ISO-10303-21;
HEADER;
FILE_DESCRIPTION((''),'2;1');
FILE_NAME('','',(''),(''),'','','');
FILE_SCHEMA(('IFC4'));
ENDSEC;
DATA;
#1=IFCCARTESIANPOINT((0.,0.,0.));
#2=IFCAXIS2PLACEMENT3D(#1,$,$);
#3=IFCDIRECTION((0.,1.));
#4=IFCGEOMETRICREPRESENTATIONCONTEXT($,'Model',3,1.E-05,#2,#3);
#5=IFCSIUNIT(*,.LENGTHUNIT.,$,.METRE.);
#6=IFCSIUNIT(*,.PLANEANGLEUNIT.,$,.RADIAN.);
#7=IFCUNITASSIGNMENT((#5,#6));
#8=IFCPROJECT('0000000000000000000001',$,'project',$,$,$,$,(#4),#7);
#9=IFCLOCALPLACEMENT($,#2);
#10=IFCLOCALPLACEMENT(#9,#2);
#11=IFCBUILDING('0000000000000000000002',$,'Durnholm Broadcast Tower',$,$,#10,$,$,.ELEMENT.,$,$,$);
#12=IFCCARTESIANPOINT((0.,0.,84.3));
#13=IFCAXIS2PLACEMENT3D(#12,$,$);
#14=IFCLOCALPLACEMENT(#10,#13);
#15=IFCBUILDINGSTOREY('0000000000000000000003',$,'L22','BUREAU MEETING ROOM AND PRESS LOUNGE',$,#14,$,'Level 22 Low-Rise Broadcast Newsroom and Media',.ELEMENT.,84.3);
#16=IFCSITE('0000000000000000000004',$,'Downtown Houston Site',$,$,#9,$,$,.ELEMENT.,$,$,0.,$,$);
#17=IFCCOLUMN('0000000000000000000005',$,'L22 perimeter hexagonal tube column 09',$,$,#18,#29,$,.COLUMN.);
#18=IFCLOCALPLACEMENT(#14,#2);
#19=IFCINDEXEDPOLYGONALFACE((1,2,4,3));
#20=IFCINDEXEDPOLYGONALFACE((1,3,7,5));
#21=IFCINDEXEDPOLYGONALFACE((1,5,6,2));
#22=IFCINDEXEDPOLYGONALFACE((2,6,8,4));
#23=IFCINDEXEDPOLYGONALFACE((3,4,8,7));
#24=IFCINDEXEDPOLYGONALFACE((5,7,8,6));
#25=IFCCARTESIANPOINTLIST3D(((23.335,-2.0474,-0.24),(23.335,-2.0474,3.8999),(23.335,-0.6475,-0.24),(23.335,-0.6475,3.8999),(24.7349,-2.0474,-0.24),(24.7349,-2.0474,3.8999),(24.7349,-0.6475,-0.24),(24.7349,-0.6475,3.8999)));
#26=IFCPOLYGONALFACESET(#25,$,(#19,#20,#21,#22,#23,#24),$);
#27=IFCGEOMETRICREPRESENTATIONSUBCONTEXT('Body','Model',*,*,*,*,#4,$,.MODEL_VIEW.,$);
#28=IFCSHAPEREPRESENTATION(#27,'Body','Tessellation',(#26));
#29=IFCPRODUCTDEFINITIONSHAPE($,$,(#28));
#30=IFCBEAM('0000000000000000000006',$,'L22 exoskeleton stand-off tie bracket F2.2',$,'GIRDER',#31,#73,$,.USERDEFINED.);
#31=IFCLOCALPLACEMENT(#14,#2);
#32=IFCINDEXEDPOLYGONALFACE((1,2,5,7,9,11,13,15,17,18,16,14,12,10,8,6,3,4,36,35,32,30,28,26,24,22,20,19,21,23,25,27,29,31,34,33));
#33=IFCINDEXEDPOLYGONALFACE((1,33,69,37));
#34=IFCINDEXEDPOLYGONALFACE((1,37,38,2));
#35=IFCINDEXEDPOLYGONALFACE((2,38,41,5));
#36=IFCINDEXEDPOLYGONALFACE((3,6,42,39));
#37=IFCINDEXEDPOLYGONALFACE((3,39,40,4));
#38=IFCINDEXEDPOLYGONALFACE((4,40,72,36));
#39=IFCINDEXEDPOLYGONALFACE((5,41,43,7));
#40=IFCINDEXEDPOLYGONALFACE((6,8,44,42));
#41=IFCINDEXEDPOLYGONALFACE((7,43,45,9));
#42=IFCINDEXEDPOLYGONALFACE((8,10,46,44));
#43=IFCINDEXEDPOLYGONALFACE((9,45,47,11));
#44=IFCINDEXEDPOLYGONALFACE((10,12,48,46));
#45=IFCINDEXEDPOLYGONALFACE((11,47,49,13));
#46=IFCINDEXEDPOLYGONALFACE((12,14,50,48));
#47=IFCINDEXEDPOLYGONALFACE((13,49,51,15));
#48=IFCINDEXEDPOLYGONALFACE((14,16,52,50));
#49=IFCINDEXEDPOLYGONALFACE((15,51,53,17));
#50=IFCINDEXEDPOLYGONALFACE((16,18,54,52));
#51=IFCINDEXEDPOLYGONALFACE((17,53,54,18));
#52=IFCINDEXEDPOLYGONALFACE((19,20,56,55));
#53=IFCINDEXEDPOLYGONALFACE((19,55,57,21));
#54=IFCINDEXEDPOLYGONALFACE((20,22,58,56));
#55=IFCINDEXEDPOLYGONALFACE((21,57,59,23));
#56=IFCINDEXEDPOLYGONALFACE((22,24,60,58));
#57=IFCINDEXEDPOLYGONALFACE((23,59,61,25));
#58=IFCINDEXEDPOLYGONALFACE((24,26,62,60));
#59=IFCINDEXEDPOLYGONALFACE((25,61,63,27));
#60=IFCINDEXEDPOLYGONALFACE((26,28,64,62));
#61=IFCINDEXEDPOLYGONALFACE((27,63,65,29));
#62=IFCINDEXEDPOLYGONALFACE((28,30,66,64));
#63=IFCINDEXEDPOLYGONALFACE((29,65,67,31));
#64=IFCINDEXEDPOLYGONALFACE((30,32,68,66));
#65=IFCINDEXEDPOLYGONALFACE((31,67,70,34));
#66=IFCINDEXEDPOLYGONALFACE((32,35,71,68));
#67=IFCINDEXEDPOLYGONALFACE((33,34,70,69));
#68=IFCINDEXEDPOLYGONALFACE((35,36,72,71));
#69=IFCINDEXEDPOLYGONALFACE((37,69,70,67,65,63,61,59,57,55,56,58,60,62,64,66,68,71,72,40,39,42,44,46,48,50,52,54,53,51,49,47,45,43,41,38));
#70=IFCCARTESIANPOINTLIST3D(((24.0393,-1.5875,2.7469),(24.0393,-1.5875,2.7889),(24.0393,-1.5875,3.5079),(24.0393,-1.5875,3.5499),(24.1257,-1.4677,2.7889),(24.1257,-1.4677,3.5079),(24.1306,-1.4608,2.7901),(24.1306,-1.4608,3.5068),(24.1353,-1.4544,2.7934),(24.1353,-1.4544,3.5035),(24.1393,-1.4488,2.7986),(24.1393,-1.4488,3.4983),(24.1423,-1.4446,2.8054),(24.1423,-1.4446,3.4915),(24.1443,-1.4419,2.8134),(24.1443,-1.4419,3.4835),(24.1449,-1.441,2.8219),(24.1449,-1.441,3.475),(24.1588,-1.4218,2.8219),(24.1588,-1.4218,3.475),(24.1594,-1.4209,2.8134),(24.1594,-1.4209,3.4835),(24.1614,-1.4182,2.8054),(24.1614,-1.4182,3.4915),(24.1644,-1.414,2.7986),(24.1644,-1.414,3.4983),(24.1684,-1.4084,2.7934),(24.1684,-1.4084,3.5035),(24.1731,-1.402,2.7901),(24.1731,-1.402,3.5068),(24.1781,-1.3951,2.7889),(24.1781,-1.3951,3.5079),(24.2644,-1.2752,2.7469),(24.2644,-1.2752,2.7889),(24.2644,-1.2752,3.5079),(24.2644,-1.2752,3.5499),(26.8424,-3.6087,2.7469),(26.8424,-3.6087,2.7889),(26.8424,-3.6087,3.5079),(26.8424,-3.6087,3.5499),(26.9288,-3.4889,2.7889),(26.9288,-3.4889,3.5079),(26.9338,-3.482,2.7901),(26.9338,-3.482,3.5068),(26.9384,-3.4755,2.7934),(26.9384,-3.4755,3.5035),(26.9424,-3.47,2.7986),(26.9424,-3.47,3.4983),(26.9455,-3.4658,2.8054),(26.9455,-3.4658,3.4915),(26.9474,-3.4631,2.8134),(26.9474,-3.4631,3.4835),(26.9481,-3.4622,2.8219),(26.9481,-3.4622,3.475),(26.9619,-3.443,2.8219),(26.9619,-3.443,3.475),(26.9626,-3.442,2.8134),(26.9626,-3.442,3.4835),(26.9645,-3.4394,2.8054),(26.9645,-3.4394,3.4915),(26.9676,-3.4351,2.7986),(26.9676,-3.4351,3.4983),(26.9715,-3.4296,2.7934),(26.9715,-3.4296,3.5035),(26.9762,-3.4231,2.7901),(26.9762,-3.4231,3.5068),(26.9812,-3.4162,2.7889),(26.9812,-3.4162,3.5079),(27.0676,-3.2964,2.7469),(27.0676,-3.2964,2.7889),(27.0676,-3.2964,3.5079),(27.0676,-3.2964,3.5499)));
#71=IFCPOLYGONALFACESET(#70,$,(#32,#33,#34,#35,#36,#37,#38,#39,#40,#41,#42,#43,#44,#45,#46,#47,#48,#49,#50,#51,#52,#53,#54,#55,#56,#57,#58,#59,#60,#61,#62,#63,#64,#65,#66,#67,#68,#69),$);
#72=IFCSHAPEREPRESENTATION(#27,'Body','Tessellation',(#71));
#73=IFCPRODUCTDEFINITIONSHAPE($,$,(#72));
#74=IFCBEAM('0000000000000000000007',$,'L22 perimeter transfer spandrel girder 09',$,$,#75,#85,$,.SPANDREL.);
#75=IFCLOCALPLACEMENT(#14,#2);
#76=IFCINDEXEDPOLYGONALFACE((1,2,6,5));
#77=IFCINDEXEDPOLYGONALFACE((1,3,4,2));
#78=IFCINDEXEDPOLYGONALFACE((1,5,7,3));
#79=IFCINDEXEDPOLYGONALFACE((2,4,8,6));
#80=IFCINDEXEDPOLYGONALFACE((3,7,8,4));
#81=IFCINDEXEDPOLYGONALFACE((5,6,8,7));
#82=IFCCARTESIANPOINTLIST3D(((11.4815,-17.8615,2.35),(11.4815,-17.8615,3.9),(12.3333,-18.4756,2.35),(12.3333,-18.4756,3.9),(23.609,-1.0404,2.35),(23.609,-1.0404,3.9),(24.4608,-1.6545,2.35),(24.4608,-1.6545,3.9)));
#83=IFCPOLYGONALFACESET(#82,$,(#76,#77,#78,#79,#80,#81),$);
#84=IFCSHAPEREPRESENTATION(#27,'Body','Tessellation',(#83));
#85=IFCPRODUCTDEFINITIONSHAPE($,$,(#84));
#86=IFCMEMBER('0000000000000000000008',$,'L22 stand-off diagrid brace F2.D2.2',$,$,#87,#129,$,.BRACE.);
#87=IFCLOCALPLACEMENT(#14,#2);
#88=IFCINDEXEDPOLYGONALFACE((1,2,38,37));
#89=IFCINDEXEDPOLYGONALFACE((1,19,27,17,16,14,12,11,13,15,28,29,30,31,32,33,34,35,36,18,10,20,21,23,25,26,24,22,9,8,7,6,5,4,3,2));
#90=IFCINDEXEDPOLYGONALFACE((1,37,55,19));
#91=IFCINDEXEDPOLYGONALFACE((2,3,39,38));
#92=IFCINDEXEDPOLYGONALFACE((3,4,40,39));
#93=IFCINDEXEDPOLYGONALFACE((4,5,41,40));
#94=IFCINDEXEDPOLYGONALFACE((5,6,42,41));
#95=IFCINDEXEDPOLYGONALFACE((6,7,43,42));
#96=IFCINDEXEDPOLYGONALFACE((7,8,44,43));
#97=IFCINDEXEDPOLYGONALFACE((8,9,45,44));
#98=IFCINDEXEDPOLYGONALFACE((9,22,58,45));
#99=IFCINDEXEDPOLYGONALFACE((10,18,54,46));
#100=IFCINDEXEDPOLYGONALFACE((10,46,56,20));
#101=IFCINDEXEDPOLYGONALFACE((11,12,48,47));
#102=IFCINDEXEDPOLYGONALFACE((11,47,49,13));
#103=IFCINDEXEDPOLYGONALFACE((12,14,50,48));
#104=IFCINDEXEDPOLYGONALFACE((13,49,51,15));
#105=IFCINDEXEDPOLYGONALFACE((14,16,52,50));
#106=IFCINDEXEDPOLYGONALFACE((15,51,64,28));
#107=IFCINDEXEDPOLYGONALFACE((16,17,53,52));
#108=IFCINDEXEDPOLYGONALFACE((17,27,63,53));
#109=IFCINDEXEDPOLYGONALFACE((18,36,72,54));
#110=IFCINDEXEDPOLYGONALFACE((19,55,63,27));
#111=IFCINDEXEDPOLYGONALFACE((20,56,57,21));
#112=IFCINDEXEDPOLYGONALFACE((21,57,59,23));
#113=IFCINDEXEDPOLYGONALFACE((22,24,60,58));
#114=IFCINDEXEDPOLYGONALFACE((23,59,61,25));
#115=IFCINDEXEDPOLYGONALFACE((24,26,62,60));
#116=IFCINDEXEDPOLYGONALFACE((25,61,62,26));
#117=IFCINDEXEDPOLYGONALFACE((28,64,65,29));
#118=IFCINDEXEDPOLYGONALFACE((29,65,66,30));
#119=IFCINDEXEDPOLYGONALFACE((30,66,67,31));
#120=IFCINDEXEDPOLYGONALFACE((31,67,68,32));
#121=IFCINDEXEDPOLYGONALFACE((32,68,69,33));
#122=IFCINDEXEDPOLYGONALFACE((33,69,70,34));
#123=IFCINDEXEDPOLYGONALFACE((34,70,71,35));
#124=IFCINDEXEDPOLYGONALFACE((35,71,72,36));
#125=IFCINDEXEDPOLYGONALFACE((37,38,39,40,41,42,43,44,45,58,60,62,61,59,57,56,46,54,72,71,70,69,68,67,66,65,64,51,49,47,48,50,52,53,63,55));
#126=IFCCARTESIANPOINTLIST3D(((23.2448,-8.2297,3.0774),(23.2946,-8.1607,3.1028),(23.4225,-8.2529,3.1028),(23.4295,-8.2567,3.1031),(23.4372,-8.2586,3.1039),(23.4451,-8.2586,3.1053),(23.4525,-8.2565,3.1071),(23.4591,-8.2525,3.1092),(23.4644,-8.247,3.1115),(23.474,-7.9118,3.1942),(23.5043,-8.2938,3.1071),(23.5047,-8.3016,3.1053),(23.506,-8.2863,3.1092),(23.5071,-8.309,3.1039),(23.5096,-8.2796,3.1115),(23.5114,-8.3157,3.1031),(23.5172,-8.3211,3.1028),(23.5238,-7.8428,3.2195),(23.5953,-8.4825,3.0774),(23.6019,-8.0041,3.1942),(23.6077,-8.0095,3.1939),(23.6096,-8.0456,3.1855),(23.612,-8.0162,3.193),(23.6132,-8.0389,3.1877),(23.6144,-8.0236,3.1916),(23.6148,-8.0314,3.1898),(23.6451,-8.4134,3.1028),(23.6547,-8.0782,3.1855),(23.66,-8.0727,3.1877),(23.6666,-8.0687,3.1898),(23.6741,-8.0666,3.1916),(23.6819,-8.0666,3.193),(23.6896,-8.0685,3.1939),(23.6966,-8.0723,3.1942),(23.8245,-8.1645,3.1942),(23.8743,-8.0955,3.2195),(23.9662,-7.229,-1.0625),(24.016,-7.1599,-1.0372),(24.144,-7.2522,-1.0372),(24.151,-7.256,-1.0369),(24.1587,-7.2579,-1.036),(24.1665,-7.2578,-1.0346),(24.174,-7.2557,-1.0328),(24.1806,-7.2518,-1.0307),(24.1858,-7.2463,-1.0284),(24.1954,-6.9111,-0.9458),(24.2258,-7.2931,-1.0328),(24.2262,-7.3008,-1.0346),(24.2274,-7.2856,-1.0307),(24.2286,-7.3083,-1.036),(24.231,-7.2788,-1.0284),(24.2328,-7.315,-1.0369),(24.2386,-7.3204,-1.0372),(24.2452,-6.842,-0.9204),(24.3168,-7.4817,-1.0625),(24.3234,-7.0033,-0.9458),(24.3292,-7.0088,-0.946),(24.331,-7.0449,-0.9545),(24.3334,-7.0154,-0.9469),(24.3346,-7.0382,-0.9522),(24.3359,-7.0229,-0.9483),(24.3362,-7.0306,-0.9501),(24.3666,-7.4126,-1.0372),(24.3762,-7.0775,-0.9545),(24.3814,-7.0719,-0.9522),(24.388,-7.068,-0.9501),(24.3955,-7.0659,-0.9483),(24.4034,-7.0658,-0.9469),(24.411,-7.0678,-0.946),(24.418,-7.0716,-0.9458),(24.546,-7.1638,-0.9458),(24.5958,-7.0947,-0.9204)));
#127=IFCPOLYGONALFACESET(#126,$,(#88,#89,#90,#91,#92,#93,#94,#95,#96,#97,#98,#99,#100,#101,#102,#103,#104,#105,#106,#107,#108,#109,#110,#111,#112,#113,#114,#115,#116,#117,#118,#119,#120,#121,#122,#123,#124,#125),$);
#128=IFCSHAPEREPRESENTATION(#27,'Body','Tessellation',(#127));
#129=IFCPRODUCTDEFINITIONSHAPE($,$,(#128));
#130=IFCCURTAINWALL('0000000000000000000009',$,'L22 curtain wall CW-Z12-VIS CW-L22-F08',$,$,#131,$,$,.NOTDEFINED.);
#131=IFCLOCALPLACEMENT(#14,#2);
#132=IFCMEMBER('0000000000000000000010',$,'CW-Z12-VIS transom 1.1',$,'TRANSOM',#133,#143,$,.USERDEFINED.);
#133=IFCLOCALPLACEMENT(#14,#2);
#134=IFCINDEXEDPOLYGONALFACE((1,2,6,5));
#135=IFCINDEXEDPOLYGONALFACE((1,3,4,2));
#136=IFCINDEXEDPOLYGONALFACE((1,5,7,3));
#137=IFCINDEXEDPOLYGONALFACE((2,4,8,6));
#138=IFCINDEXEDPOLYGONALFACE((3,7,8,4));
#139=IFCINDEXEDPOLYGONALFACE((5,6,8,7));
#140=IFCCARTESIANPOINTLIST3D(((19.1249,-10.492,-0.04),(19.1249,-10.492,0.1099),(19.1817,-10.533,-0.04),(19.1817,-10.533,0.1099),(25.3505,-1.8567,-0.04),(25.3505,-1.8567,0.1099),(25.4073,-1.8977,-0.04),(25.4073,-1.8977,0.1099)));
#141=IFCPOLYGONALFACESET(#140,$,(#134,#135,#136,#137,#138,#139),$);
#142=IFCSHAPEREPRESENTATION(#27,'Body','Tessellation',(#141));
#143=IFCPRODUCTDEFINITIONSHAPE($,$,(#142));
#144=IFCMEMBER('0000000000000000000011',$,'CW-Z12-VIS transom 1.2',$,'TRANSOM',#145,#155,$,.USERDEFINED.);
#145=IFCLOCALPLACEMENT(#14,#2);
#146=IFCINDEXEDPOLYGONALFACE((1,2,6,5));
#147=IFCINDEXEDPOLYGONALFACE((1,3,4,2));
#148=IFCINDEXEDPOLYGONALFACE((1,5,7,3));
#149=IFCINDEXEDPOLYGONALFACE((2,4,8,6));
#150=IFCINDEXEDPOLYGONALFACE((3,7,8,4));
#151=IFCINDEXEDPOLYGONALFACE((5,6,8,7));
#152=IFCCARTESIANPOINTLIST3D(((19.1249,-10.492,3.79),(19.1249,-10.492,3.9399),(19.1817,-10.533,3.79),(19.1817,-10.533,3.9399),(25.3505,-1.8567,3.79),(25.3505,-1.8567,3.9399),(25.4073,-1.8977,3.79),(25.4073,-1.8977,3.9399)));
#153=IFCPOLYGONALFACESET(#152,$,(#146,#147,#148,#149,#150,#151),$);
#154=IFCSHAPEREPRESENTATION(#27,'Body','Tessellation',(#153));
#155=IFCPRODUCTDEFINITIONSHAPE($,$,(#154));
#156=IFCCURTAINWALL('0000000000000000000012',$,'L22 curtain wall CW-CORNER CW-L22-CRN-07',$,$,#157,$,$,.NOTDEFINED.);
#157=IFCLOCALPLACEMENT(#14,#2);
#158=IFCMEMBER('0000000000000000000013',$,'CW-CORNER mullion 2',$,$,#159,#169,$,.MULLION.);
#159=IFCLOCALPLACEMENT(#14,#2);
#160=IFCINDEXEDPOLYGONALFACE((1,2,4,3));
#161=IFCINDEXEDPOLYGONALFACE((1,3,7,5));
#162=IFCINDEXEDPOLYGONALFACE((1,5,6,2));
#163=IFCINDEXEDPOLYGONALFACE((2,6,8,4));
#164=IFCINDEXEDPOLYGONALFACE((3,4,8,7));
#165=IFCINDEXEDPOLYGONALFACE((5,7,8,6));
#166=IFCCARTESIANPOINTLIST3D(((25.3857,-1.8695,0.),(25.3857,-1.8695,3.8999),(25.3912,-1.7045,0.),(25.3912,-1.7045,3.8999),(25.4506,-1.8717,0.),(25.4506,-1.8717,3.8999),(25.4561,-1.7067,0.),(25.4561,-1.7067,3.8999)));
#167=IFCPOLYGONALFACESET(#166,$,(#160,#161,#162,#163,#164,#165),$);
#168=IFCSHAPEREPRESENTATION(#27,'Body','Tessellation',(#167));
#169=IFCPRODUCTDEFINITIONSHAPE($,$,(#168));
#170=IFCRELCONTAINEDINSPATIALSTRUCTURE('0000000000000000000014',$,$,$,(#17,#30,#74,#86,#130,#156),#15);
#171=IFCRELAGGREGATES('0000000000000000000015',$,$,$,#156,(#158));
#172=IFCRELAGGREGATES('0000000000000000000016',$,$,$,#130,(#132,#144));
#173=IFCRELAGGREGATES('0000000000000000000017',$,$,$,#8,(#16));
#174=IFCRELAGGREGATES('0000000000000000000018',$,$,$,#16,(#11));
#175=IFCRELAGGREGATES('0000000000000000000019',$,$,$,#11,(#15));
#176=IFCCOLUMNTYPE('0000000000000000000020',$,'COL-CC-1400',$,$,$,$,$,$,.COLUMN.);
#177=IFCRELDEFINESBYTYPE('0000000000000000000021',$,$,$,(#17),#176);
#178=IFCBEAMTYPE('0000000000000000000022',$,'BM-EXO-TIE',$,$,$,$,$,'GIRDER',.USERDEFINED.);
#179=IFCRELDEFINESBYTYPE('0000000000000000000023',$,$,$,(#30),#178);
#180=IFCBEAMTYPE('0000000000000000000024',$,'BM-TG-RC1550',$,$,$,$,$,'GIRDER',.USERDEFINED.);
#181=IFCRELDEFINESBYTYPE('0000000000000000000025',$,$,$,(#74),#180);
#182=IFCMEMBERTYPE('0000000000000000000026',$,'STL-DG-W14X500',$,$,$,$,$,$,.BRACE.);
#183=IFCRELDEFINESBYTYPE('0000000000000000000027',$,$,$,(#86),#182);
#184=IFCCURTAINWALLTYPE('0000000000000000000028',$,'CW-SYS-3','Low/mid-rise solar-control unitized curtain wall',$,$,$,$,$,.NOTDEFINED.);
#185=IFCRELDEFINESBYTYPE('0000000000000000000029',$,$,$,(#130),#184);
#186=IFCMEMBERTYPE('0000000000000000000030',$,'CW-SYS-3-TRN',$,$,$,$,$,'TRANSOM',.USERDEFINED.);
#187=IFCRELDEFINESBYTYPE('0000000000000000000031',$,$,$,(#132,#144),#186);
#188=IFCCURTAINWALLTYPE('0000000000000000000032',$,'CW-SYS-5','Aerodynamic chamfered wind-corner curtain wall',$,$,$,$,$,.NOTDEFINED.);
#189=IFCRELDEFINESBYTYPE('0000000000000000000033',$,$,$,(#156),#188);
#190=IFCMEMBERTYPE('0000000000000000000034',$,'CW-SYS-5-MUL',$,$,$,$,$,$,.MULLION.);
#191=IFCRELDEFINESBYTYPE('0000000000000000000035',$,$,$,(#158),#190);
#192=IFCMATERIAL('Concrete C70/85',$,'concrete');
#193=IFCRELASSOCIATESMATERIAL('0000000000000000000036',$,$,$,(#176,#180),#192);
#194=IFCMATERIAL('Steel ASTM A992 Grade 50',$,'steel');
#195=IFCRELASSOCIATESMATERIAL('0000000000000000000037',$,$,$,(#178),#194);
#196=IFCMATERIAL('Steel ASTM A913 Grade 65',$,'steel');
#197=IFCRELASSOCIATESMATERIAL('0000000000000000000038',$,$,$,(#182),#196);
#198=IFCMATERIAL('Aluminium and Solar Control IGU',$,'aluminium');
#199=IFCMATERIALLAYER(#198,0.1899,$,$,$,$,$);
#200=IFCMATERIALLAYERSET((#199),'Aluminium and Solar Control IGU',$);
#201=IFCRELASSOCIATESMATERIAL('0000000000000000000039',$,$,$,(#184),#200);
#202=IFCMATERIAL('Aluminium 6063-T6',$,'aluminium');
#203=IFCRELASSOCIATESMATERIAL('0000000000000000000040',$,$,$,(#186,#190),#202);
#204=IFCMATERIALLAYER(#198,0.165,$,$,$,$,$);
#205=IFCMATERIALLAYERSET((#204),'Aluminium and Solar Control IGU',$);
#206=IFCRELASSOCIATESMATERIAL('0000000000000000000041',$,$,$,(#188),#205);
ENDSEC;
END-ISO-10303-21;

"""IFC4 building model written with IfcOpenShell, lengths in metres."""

from ifc_helpers import new_model, si_unit, direction, frame, origin, origin_2d, place, context, subcontext, project, spatial, rectangle, i_section, extrude, source, transform, mapped, material, layer, layer_set, material_profile, profile_set, type_object, type_shapes, element, aggregate, save


model = new_model("IFC4")

# Units and contexts
model_context = context("Model", 3, precision=1e-05, world=origin(), true_north=direction((0.0, 1.0)))
body_context = subcontext(model_context, "Body", "Model", "MODEL_VIEW")
ifc_project = project(units=[si_unit("LENGTHUNIT", "METRE"), si_unit("PLANEANGLEUNIT", "RADIAN")], contexts=[model_context])

# Site, building, storey
site_placement = place(None, origin())
site = spatial("IfcSite", under=ifc_project, at=site_placement, Name="Downtown Houston Site", CompositionType="ELEMENT", RefElevation=0.0)
building_placement = place(site_placement, origin())
building = spatial("IfcBuilding", under=site, at=building_placement, Name="Durnholm Broadcast Tower", CompositionType="ELEMENT")
storey_placement = place(building_placement, frame((0.0, 0.0, 84.3)))
storey = spatial("IfcBuildingStorey", under=building, at=storey_placement, Name="L22", Description="BUREAU MEETING ROOM AND PRESS LOUNGE", LongName="Level 22 Low-Rise Broadcast Newsroom and Media", CompositionType="ELEMENT", Elevation=84.3)

# Column
ifc_material_1 = material(Name="Concrete C70/85", Category="concrete")
ifc_material_profile_1 = material_profile(ifc_material_1, rectangle(XDim=1.3999, YDim=1.3999, at=origin_2d()), Name="RC1400X1400")
ifc_profile_set_1 = profile_set([ifc_material_profile_1], Name="Concrete C70/85")
column_type = type_object("IfcColumnType", Name="COL-CC-1400", PredefinedType="COLUMN", material=ifc_profile_set_1)
shared_shape_1 = source(origin(), body_context, "Body", "SweptSolid", [
    extrude(rectangle(XDim=1.3999, YDim=1.3999, at=origin_2d()), origin(), (0.0, 0.0, 1.0), 4.1399),
])
type_shapes(column_type, [shared_shape_1])
column_placement = place(storey_placement, frame((24.0349, -1.3474, -0.24), z_axis=(0.0, 0.0, 1.0), x_axis=(1.0, 0.0, 0.0)))
element("IfcColumn", 1, at=column_placement, inside=storey, type_object=column_type, Name="L22 perimeter hexagonal tube column 09", PredefinedType="COLUMN", context=body_context, shape_type="MappedRepresentation", body=[
    mapped(shared_shape_1, transform((0.0, 0.0, 0.0), x_axis=(1.0, 0.0, 0.0), y_axis=(0.0, 1.0, 0.0), z_axis=(0.0, 0.0, 1.0), scale=1.0)),
])

# Beams
ifc_material_2 = material(Name="Steel ASTM A992 Grade 50", Category="steel")
ifc_material_profile_2 = material_profile(ifc_material_2, i_section(OverallWidth=0.385, OverallDepth=0.803, WebThickness=0.0237, FlangeThickness=0.042, FilletRadius=0.033, at=origin_2d()), Name="W30X261")
ifc_profile_set_2 = profile_set([ifc_material_profile_2], Name="Steel ASTM A992 Grade 50")
beam_type_1 = type_object("IfcBeamType", Name="BM-EXO-TIE", ElementType="GIRDER", PredefinedType="USERDEFINED", material=ifc_profile_set_2)
shared_shape_2 = source(origin(), body_context, "Body", "SweptSolid", [
    extrude(i_section(OverallWidth=0.385, OverallDepth=0.803, WebThickness=0.0237, FlangeThickness=0.042, FilletRadius=0.033, at=origin_2d()), origin(), (0.0, 0.0, 1.0), 3.4558),
])
type_shapes(beam_type_1, [shared_shape_2])
beam_1_placement = place(storey_placement, frame((24.1519, -1.4314, 3.1484), z_axis=(0.811134, -0.584861, 0.0), x_axis=(0.584861, 0.811134, 0.0)))
element("IfcBeam", 2, at=beam_1_placement, inside=storey, type_object=beam_type_1, Name="L22 exoskeleton stand-off tie bracket F2.2", ObjectType="GIRDER", PredefinedType="USERDEFINED", context=body_context, shape_type="MappedRepresentation", body=[
    mapped(shared_shape_2, transform((0.0, 0.0, 0.0), x_axis=(1.0, 0.0, 0.0), y_axis=(0.0, 1.0, 0.0), z_axis=(0.0, 0.0, 1.0), scale=1.0)),
])
ifc_material_profile_3 = material_profile(ifc_material_1, rectangle(XDim=1.05, YDim=1.55, at=origin_2d()), Name="RC1050X1550")
ifc_profile_set_3 = profile_set([ifc_material_profile_3], Name="Concrete C70/85")
beam_type_2 = type_object("IfcBeamType", Name="BM-TG-RC1550", ElementType="GIRDER", PredefinedType="USERDEFINED", material=ifc_profile_set_3)
shared_shape_3 = source(origin(), body_context, "Body", "SweptSolid", [
    extrude(rectangle(XDim=1.05, YDim=1.55, at=origin_2d()), origin(), (0.0, 0.0, 1.0), 20.7371),
])
type_shapes(beam_type_2, [shared_shape_3])
beam_2_placement = place(storey_placement, frame((24.0349, -1.3474, 3.125), z_axis=(-0.584822, -0.811162, 0.0), x_axis=(0.811162, -0.584822, 0.0)))
element("IfcBeam", 3, at=beam_2_placement, inside=storey, type_object=beam_type_2, Name="L22 perimeter transfer spandrel girder 09", PredefinedType="SPANDREL", context=body_context, shape_type="MappedRepresentation", body=[
    mapped(shared_shape_3, transform((0.0, 0.0, 0.0), x_axis=(1.0, 0.0, 0.0), y_axis=(0.0, 1.0, 0.0), z_axis=(0.0, 0.0, 1.0), scale=1.0)),
])

# Member
ifc_material_3 = material(Name="Steel ASTM A913 Grade 65", Category="steel")
ifc_material_profile_4 = material_profile(ifc_material_3, i_section(OverallWidth=0.4321, OverallDepth=0.4978, WebThickness=0.0557, FlangeThickness=0.0889, FilletRadius=0.0305, at=origin_2d()), Name="W14X500")
ifc_profile_set_4 = profile_set([ifc_material_profile_4], Name="Steel ASTM A913 Grade 65")
member_type_1 = type_object("IfcMemberType", Name="STL-DG-W14X500", PredefinedType="BRACE", material=ifc_profile_set_4)
shared_shape_4 = source(origin(), body_context, "Body", "SweptSolid", [
    extrude(i_section(OverallWidth=0.4321, OverallDepth=0.4978, WebThickness=0.0557, FlangeThickness=0.0889, FilletRadius=0.0305, at=origin_2d()), origin(), (0.0, 0.0, 1.0), 4.3198),
])
type_shapes(member_type_1, [shared_shape_4])
member_1_placement = place(storey_placement, frame((24.281, -7.1619, -0.9915), z_axis=(-0.167007, -0.231662, 0.958354), x_axis=(0.811185, -0.584789, 0.0)))
element("IfcMember", 4, at=member_1_placement, inside=storey, type_object=member_type_1, Name="L22 stand-off diagrid brace F2.D2.2", PredefinedType="BRACE", context=body_context, shape_type="MappedRepresentation", body=[
    mapped(shared_shape_4, transform((0.0, 0.0, 0.0), x_axis=(1.0, 0.0, 0.0), y_axis=(0.0, 1.0, 0.0), z_axis=(0.0, 0.0, 1.0), scale=1.0)),
])

# Curtain wall, members
ifc_material_4 = material(Name="Aluminium and Solar Control IGU", Category="aluminium")
ifc_layer_1 = layer(ifc_material_4, 0.1899)
ifc_layer_set_1 = layer_set([ifc_layer_1], Name="Aluminium and Solar Control IGU")
curtain_wall_type_1 = type_object("IfcCurtainWallType", Name="CW-SYS-3", Description="Low/mid-rise solar-control unitized curtain wall", PredefinedType="NOTDEFINED", material=ifc_layer_set_1)
curtain_wall_1_placement = place(storey_placement, origin())
curtain_wall_1 = element("IfcCurtainWall", 5, at=curtain_wall_1_placement, inside=storey, type_object=curtain_wall_type_1, Name="L22 curtain wall CW-Z12-VIS CW-L22-F08", PredefinedType="NOTDEFINED")
ifc_material_5 = material(Name="Aluminium 6063-T6", Category="aluminium")
ifc_material_profile_5 = material_profile(ifc_material_5, rectangle(XDim=0.0701, YDim=0.1499, at=origin_2d()), Name="CWT70X150")
ifc_profile_set_5 = profile_set([ifc_material_profile_5], Name="Aluminium 6063-T6")
member_type_2 = type_object("IfcMemberType", Name="CW-SYS-3-TRN", ElementType="TRANSOM", PredefinedType="USERDEFINED", material=ifc_profile_set_5)
shared_shape_5 = source(origin(), body_context, "Body", "SweptSolid", [
    extrude(rectangle(XDim=0.0701, YDim=0.1499, at=origin_2d()), origin(), (0.0, 0.0, 1.0), 10.6455),
])
type_shapes(member_type_2, [shared_shape_5])
member_2_placement = place(storey_placement, frame((25.3789, -1.8772, 0.0349), z_axis=(-0.584812, -0.811169, 0.0), x_axis=(0.811169, -0.584812, 0.0)))
member_2 = element("IfcMember", 6, at=member_2_placement, type_object=member_type_2, Name="CW-Z12-VIS transom 1.1", ObjectType="TRANSOM", PredefinedType="USERDEFINED", context=body_context, shape_type="MappedRepresentation", body=[
    mapped(shared_shape_5, transform((0.0, 0.0, 0.0), x_axis=(1.0, 0.0, 0.0), y_axis=(0.0, 1.0, 0.0), z_axis=(0.0, 0.0, 1.0), scale=1.0)),
])
member_3_placement = place(storey_placement, frame((25.3789, -1.8772, 3.865), z_axis=(-0.584812, -0.811169, 0.0), x_axis=(0.811169, -0.584812, 0.0)))
member_3 = element("IfcMember", 7, at=member_3_placement, type_object=member_type_2, Name="CW-Z12-VIS transom 1.2", ObjectType="TRANSOM", PredefinedType="USERDEFINED", context=body_context, shape_type="MappedRepresentation", body=[
    mapped(shared_shape_5, transform((0.0, 0.0, 0.0), x_axis=(1.0, 0.0, 0.0), y_axis=(0.0, 1.0, 0.0), z_axis=(0.0, 0.0, 1.0), scale=1.0)),
])

# Curtain wall, member
ifc_layer_2 = layer(ifc_material_4, 0.165)
ifc_layer_set_2 = layer_set([ifc_layer_2], Name="Aluminium and Solar Control IGU")
curtain_wall_type_2 = type_object("IfcCurtainWallType", Name="CW-SYS-5", Description="Aerodynamic chamfered wind-corner curtain wall", PredefinedType="NOTDEFINED", material=ifc_layer_set_2)
curtain_wall_2_placement = place(storey_placement, origin())
curtain_wall_2 = element("IfcCurtainWall", 8, at=curtain_wall_2_placement, inside=storey, type_object=curtain_wall_type_2, Name="L22 curtain wall CW-CORNER CW-L22-CRN-07", PredefinedType="NOTDEFINED")
ifc_material_profile_6 = material_profile(ifc_material_5, rectangle(XDim=0.0649, YDim=0.165, at=origin_2d()), Name="CWM65X165")
ifc_profile_set_6 = profile_set([ifc_material_profile_6], Name="Aluminium 6063-T6")
member_type_3 = type_object("IfcMemberType", Name="CW-SYS-5-MUL", PredefinedType="MULLION", material=ifc_profile_set_6)
shared_shape_6 = source(origin(), body_context, "Body", "SweptSolid", [
    extrude(rectangle(XDim=0.0649, YDim=0.165, at=origin_2d()), origin(), (0.0, 0.0, 1.0), 3.8999),
])
type_shapes(member_type_3, [shared_shape_6])
member_4_placement = place(storey_placement, frame((25.4209, -1.7881, 0.0), z_axis=(0.0, 0.0, 1.0), x_axis=(0.999427, -0.03384, 0.0)))
member_4 = element("IfcMember", 9, at=member_4_placement, type_object=member_type_3, Name="CW-CORNER mullion 2", PredefinedType="MULLION", context=body_context, shape_type="MappedRepresentation", body=[
    mapped(shared_shape_6, transform((0.0, 0.0, 0.0), x_axis=(1.0, 0.0, 0.0), y_axis=(0.0, 1.0, 0.0), z_axis=(0.0, 0.0, 1.0), scale=1.0)),
])

aggregate(curtain_wall_2, [member_4])
aggregate(curtain_wall_1, [member_2, member_3])

save(model, "model.ifc")
